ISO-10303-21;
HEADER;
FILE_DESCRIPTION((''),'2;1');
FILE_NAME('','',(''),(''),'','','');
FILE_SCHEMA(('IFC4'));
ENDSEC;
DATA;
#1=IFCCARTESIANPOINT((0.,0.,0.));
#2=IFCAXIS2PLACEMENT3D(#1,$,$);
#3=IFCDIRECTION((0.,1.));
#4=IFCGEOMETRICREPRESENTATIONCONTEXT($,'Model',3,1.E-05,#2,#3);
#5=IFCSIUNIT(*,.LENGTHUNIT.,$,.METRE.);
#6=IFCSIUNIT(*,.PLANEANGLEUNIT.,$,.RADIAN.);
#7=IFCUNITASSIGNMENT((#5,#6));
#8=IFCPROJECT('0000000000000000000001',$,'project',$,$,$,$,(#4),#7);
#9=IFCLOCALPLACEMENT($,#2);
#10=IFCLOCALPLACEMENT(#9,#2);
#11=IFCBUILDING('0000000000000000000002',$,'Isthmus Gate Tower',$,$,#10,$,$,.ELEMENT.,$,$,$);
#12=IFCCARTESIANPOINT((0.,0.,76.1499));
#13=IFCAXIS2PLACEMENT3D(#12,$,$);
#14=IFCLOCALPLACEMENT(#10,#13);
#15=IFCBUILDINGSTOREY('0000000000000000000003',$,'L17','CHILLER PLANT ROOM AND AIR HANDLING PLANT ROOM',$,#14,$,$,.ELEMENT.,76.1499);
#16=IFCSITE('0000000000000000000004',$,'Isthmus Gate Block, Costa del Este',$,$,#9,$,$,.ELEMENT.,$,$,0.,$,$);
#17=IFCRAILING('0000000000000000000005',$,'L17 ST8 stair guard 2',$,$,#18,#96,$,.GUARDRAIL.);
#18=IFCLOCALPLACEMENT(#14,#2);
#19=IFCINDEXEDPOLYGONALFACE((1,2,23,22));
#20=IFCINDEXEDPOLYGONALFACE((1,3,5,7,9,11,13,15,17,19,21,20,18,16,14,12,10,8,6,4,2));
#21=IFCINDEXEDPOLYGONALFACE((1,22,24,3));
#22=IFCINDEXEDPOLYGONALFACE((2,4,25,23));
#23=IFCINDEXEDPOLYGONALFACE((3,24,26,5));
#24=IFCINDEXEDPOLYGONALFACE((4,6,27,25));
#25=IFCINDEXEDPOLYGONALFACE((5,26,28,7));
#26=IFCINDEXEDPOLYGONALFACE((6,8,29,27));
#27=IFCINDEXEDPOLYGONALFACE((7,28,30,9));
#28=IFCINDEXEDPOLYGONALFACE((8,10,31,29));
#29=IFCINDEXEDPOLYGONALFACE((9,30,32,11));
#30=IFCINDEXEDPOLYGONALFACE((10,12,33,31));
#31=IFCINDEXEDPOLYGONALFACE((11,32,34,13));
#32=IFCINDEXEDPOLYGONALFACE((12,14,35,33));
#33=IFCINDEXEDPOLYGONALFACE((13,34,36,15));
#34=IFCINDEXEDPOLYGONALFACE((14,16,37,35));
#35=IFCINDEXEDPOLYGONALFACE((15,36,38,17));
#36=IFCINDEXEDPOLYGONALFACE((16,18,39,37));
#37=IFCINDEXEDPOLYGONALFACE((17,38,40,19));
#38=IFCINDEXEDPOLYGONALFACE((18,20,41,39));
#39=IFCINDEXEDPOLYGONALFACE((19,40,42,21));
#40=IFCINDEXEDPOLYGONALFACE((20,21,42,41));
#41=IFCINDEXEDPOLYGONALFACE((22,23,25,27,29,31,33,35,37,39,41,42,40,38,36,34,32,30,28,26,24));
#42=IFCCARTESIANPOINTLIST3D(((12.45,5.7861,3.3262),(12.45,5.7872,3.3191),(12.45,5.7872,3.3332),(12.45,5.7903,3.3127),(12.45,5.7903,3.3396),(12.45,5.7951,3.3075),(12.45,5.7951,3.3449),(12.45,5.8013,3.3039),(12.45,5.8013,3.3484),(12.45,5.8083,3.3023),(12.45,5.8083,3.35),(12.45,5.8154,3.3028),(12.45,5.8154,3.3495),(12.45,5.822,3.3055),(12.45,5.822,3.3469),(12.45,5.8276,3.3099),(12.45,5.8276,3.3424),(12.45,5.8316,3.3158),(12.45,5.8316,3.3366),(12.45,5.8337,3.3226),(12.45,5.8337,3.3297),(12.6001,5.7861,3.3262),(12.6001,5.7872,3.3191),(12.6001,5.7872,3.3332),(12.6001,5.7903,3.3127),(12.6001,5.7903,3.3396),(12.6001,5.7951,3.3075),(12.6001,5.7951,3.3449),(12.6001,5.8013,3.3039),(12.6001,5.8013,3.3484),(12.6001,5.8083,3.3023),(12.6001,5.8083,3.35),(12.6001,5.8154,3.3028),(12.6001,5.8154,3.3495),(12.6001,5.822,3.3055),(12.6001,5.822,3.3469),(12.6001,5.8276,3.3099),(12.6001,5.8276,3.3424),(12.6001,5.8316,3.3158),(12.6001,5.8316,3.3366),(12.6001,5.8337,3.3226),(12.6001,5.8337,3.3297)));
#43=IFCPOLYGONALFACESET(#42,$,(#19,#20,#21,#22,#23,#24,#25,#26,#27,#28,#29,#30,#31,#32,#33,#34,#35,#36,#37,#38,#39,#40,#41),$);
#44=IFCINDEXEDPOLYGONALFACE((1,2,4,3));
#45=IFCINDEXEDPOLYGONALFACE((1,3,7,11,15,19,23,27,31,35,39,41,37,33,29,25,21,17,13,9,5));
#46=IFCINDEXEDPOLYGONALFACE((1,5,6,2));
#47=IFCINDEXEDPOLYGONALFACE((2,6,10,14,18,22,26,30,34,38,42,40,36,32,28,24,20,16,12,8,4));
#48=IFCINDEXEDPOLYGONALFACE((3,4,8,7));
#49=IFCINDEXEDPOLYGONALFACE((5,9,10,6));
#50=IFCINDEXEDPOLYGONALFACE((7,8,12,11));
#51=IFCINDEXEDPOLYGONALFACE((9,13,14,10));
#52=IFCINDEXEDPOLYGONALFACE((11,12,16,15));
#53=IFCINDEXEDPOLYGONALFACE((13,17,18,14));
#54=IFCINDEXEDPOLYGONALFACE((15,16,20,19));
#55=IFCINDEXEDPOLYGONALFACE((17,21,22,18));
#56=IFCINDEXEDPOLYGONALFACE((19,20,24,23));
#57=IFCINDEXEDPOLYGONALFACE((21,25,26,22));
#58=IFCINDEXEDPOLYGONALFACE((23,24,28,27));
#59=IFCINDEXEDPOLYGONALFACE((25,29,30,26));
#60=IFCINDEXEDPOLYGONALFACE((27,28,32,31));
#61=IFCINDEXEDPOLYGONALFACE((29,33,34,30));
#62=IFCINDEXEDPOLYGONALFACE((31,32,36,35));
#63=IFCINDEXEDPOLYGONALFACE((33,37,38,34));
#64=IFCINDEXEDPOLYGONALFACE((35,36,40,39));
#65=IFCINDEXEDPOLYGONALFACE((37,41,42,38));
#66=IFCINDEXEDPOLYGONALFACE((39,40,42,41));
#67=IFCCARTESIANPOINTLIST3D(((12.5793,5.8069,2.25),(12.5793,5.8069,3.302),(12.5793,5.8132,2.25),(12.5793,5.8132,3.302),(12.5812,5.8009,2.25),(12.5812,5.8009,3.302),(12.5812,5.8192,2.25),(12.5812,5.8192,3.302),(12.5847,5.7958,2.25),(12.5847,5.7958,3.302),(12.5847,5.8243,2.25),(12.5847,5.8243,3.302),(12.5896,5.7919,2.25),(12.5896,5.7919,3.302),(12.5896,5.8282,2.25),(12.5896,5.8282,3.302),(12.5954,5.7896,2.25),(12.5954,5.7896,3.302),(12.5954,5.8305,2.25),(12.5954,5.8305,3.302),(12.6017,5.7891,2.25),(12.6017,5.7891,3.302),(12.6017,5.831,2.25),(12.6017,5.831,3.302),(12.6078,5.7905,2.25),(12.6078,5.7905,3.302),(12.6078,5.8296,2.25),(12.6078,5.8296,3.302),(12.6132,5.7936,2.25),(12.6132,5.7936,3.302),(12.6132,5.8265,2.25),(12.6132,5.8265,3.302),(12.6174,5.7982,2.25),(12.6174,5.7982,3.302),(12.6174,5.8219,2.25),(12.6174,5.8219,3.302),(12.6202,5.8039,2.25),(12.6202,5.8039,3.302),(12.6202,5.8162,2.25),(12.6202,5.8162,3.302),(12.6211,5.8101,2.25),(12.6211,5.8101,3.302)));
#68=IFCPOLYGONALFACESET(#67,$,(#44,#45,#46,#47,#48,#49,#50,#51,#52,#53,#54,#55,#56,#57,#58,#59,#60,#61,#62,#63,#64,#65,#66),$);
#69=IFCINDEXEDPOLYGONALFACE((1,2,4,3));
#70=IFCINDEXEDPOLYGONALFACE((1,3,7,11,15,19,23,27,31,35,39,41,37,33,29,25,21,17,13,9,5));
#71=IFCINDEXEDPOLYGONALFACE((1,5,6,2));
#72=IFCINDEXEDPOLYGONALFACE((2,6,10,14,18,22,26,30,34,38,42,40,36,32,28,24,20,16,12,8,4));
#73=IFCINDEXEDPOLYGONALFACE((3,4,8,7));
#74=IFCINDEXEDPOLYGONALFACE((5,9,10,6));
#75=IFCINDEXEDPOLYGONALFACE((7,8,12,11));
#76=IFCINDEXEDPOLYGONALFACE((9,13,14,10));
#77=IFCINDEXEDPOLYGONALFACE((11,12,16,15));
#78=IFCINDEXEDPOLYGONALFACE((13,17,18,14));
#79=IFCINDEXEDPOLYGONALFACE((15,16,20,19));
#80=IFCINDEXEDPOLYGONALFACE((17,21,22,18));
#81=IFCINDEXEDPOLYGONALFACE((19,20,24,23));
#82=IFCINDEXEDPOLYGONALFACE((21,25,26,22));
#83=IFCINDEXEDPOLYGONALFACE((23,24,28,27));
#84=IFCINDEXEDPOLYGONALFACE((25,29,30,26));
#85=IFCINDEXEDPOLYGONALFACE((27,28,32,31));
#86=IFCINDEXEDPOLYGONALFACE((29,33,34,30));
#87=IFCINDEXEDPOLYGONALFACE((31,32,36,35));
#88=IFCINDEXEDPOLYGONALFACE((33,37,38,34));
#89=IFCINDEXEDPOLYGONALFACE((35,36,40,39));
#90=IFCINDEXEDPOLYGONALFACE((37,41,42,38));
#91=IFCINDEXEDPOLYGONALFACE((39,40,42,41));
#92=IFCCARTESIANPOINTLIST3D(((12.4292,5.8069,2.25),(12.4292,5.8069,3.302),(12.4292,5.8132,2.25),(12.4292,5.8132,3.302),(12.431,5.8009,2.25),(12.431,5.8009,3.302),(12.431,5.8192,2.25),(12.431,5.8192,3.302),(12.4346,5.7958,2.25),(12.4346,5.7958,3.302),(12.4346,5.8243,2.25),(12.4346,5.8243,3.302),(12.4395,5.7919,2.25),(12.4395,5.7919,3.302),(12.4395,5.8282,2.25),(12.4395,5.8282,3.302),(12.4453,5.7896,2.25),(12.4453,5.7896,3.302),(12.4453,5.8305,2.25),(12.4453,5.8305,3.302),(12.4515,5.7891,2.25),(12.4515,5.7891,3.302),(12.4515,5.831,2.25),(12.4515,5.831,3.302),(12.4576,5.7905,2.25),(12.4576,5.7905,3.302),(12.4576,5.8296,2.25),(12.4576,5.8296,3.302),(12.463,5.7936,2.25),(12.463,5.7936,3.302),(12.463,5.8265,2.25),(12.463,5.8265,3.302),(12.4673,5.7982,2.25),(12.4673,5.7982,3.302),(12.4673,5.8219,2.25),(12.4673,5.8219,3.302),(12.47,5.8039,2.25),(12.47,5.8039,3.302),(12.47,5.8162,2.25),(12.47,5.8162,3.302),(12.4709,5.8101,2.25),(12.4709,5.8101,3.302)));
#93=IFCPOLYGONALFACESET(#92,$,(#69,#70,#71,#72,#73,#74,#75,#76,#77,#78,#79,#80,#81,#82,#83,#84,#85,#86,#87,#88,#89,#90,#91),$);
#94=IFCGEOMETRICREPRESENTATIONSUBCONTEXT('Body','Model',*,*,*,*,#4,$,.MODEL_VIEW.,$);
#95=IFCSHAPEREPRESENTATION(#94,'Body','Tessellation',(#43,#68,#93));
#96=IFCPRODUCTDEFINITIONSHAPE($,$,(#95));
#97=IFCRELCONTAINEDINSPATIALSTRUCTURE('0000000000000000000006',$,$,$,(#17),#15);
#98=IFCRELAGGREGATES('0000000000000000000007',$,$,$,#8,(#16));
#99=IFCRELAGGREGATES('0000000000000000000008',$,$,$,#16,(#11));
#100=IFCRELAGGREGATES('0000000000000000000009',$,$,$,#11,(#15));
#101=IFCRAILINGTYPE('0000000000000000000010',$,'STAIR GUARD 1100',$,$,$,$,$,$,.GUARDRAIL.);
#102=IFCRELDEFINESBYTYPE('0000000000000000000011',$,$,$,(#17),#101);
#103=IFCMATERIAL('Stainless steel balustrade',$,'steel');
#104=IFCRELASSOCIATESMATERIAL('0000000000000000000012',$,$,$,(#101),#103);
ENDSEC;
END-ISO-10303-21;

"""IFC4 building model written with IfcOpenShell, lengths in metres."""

from ifc_helpers import new_model, si_unit, direction, frame, origin, origin_2d, place, context, subcontext, project, spatial, circle, extrude, material, type_object, element, save


model = new_model("IFC4")

# Units and contexts
model_context = context("Model", 3, precision=1e-05, world=origin(), true_north=direction((0.0, 1.0)))
body_context = subcontext(model_context, "Body", "Model", "MODEL_VIEW")
ifc_project = project(units=[si_unit("LENGTHUNIT", "METRE"), si_unit("PLANEANGLEUNIT", "RADIAN")], contexts=[model_context])

# Site, building, storey
site_placement = place(None, origin())
site = spatial("IfcSite", under=ifc_project, at=site_placement, Name="Isthmus Gate Block, Costa del Este", CompositionType="ELEMENT", RefElevation=0.0)
building_placement = place(site_placement, origin())
building = spatial("IfcBuilding", under=site, at=building_placement, Name="Isthmus Gate Tower", CompositionType="ELEMENT")
storey_placement = place(building_placement, frame((0.0, 0.0, 76.1499)))
storey = spatial("IfcBuildingStorey", under=building, at=storey_placement, Name="L17", Description="CHILLER PLANT ROOM AND AIR HANDLING PLANT ROOM", CompositionType="ELEMENT", Elevation=76.1499)

# Railing
ifc_material_1 = material(Name="Stainless steel balustrade", Category="steel")
railing_type_1 = type_object("IfcRailingType", Name="STAIR GUARD 1100", PredefinedType="GUARDRAIL", material=ifc_material_1)
railing_1_placement = place(storey_placement, frame((12.6001, 5.8101, 2.25)))
element("IfcRailing", 1, at=railing_1_placement, inside=storey, type_object=railing_type_1, Name="L17 ST8 stair guard 2", PredefinedType="GUARDRAIL", context=body_context, shape_type="SweptSolid", body=[
    extrude(circle(Radius=0.0239, at=origin_2d()), frame((0.0, 0.0, 1.0762), z_axis=(-1.0, 0.0, 0.0), x_axis=(0.0, -1.0, 0.0)), (0.0, 0.0, 1.0), 0.1501),
    extrude(circle(Radius=0.021, at=origin_2d()), origin(), (0.0, 0.0, 1.0), 1.052),
    extrude(circle(Radius=0.021, at=origin_2d()), frame((-0.1501, 0.0, 0.0)), (0.0, 0.0, 1.0), 1.052),
])

save(model, "model.ifc")
